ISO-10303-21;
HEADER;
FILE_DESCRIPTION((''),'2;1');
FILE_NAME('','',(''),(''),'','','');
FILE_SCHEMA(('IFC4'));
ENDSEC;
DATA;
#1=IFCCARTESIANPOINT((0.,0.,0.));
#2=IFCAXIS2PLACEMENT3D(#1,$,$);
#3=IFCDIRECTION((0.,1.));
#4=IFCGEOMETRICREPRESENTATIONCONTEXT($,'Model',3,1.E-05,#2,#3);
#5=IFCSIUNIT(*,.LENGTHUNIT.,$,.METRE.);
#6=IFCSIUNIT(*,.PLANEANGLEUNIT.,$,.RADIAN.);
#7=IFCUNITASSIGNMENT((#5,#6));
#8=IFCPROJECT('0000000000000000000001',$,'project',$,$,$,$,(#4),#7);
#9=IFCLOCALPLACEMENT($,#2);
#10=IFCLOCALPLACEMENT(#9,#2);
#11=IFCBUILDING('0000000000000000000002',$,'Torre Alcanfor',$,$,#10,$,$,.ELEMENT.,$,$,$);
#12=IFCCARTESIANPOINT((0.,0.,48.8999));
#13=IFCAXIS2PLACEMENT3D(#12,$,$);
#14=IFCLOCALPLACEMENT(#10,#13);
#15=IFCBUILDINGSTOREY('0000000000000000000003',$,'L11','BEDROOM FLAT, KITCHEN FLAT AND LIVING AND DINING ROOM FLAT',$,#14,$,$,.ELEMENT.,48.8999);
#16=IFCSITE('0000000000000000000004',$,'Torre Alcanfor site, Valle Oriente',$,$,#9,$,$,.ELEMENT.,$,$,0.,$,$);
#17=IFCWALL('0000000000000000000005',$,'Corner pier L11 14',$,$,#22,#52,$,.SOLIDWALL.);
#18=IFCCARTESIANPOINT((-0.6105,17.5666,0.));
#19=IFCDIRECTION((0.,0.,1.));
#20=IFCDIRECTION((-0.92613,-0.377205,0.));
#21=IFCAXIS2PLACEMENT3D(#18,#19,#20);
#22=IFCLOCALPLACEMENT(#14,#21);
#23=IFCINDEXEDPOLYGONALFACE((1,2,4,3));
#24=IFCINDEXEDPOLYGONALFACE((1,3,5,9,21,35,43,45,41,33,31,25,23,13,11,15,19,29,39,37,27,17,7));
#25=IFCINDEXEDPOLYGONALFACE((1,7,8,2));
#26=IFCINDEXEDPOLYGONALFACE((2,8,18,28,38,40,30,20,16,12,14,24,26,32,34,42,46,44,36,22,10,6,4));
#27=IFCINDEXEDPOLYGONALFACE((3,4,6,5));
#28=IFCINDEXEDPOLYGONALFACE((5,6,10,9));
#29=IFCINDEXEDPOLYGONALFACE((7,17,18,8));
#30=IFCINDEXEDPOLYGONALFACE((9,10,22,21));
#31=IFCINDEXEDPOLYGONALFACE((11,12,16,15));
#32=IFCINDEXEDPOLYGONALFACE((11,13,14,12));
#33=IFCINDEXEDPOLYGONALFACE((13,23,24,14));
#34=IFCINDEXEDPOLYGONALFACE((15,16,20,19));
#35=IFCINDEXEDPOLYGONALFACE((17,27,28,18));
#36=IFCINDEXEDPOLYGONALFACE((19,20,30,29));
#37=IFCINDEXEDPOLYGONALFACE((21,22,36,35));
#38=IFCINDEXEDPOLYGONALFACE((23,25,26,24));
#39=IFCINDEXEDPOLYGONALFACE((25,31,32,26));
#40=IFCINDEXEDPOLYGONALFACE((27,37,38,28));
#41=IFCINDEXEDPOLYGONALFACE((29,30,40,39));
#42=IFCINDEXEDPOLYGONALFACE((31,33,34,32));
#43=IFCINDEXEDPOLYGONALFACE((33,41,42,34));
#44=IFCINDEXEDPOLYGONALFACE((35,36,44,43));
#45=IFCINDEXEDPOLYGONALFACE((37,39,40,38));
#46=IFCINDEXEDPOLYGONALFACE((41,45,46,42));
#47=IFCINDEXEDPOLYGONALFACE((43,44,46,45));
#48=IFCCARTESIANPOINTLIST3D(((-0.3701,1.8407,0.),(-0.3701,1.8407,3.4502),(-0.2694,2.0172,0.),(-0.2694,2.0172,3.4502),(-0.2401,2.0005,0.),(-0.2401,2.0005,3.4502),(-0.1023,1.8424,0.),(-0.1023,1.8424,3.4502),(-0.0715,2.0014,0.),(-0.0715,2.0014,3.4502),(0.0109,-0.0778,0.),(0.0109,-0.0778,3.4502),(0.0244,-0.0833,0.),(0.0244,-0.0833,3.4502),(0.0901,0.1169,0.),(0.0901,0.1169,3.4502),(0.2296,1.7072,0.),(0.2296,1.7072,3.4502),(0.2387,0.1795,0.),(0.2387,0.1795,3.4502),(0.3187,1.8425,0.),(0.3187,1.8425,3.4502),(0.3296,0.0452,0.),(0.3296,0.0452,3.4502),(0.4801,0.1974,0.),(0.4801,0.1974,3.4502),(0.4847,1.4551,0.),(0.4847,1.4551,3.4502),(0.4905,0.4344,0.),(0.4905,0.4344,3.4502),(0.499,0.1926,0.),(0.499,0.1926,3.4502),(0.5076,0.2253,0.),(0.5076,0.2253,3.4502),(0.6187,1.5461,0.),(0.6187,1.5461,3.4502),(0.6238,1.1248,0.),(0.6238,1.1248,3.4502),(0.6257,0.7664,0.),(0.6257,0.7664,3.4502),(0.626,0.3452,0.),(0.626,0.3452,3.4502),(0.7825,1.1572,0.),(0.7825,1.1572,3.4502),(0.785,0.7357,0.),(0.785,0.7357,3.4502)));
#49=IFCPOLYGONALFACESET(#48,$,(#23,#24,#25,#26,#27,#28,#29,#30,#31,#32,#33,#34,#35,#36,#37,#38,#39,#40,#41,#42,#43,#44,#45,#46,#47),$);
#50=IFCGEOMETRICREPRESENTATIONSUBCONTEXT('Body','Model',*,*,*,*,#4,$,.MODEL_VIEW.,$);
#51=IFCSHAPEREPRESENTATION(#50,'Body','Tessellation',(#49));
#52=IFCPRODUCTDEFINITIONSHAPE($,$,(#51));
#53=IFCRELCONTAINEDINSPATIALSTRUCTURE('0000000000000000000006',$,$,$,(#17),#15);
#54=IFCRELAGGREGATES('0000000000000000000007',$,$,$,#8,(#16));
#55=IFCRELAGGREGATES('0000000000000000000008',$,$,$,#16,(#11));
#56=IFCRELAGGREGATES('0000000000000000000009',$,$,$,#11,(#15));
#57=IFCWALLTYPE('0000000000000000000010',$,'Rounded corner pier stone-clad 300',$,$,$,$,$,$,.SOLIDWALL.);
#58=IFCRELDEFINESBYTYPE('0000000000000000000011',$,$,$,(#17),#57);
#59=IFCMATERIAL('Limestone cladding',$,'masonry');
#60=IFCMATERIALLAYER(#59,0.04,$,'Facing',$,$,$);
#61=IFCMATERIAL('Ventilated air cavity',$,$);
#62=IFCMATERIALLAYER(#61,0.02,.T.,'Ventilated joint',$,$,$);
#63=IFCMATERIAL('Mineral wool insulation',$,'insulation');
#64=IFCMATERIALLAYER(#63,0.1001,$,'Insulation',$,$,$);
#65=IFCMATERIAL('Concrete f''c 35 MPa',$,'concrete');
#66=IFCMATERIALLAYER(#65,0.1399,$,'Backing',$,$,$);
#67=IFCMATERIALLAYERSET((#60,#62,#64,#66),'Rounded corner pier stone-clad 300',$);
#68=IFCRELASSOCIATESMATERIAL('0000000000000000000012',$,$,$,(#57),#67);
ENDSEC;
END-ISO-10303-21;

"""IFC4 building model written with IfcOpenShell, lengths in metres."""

from ifc_helpers import new_model, si_unit, direction, frame, origin, place, context, subcontext, project, spatial, polyline, outline, extrude, material, layer, layer_set, type_object, element, save


model = new_model("IFC4")

# Units and contexts
model_context = context("Model", 3, precision=1e-05, world=origin(), true_north=direction((0.0, 1.0)))
body_context = subcontext(model_context, "Body", "Model", "MODEL_VIEW")
ifc_project = project(units=[si_unit("LENGTHUNIT", "METRE"), si_unit("PLANEANGLEUNIT", "RADIAN")], contexts=[model_context])

# Site, building, storey
site_placement = place(None, origin())
site = spatial("IfcSite", under=ifc_project, at=site_placement, Name="Torre Alcanfor site, Valle Oriente", CompositionType="ELEMENT", RefElevation=0.0)
building_placement = place(site_placement, origin())
building = spatial("IfcBuilding", under=site, at=building_placement, Name="Torre Alcanfor", CompositionType="ELEMENT")
storey_placement = place(building_placement, frame((0.0, 0.0, 48.8999)))
storey = spatial("IfcBuildingStorey", under=building, at=storey_placement, Name="L11", Description="BEDROOM FLAT, KITCHEN FLAT AND LIVING AND DINING ROOM FLAT", CompositionType="ELEMENT", Elevation=48.8999)

# Wall
ifc_material_1 = material(Name="Limestone cladding", Category="masonry")
ifc_layer_1 = layer(ifc_material_1, 0.04, Name="Facing")
ifc_material_2 = material(Name="Ventilated air cavity")
ifc_layer_2 = layer(ifc_material_2, 0.02, ventilated=True, Name="Ventilated joint")
ifc_material_3 = material(Name="Mineral wool insulation", Category="insulation")
ifc_layer_3 = layer(ifc_material_3, 0.1001, Name="Insulation")
ifc_material_4 = material(Name="Concrete f'c 35 MPa", Category="concrete")
ifc_layer_4 = layer(ifc_material_4, 0.1399, Name="Backing")
ifc_layer_set_1 = layer_set([ifc_layer_1, ifc_layer_2, ifc_layer_3, ifc_layer_4], Name="Rounded corner pier stone-clad 300")
wall_type_1 = type_object("IfcWallType", Name="Rounded corner pier stone-clad 300", PredefinedType="SOLIDWALL", material=ifc_layer_set_1)
wall_1_placement = place(storey_placement, frame((-0.6105, 17.5666, 0.0), z_axis=(0.0, 0.0, 1.0), x_axis=(-0.92613, -0.377205, 0.0)))
element("IfcWall", 1, at=wall_1_placement, inside=storey, type_object=wall_type_1, Name="Corner pier L11 14", PredefinedType="SOLIDWALL", context=body_context, shape_type="SweptSolid", body=[
    extrude(outline(polyline([(-0.2694, 2.0172), (-0.3701, 1.8407), (-0.1023, 1.8424), (0.2296, 1.7072), (0.4847, 1.4551), (0.6238, 1.1248), (0.6257, 0.7664), (0.4905, 0.4344), (0.2387, 0.1795), (0.0901, 0.1169), (0.0109, -0.0778), (0.0244, -0.0833), (0.3296, 0.0452), (0.4801, 0.1974), (0.499, 0.1926), (0.5076, 0.2253), (0.626, 0.3452), (0.785, 0.7357), (0.7825, 1.1572), (0.6187, 1.5461), (0.3187, 1.8425), (-0.0715, 2.0014), (-0.2401, 2.0005), (-0.2694, 2.0172)])), origin(), (0.0, 0.0, 1.0), 3.4502),
])

save(model, "model.ifc")
